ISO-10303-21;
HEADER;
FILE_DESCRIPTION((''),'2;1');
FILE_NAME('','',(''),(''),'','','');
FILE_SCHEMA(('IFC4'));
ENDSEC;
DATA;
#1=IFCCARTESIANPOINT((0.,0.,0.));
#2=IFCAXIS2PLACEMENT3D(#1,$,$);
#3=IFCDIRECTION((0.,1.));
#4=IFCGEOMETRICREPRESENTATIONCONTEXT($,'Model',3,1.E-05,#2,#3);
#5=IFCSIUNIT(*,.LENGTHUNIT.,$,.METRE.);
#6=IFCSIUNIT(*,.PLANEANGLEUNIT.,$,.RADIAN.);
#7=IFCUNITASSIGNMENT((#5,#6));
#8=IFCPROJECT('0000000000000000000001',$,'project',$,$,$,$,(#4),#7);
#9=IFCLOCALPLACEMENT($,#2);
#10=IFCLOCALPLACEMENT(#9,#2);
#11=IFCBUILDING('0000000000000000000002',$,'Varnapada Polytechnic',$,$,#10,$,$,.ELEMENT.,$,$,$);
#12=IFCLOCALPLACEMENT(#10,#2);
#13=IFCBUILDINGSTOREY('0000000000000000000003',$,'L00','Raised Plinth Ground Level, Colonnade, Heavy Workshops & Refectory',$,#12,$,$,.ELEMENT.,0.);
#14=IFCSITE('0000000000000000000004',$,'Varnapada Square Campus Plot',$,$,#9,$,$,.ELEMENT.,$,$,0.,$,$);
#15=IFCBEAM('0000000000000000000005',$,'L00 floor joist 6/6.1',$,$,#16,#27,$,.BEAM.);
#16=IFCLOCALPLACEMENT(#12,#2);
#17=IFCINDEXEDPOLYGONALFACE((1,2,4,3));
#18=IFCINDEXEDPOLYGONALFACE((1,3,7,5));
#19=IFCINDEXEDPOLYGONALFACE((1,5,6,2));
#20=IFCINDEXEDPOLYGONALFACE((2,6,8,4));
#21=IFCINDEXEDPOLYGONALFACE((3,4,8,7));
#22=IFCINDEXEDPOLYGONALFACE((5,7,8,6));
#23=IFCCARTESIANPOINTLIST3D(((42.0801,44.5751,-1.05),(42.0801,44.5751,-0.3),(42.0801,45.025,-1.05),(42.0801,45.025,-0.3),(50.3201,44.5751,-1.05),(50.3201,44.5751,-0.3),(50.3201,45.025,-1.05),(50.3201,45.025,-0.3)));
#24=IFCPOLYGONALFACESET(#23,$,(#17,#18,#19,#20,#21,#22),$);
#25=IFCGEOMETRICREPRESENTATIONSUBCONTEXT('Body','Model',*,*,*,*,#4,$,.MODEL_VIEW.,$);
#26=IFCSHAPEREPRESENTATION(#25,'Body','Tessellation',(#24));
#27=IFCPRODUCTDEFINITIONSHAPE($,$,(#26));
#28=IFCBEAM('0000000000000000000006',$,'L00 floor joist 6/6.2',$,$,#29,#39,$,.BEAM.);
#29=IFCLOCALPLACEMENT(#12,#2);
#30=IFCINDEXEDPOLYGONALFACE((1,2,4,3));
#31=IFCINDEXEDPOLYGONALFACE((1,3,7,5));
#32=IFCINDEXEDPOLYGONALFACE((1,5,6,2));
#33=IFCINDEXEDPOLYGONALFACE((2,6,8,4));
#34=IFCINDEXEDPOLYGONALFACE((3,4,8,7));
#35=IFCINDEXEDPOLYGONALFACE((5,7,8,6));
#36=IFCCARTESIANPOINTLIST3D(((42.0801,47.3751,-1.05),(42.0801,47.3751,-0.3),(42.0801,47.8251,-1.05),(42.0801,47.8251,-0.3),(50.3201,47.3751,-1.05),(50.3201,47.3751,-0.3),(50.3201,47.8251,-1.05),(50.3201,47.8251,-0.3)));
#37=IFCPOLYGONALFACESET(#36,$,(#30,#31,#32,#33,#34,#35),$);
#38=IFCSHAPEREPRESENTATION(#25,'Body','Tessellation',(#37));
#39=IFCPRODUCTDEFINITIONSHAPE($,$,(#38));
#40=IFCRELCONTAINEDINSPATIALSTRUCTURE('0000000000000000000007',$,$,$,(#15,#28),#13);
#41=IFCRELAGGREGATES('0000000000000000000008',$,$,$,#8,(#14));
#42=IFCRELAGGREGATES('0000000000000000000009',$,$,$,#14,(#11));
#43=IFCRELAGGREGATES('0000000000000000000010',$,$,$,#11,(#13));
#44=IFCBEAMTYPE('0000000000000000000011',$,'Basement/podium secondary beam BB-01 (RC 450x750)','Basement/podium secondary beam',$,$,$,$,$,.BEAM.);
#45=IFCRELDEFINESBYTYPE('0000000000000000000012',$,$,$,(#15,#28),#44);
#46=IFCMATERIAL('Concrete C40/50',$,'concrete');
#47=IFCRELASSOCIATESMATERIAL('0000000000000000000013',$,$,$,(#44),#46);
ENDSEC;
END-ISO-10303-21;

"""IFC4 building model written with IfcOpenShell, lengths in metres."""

from ifc_helpers import new_model, si_unit, direction, frame, origin, origin_2d, place, context, subcontext, project, spatial, rectangle, extrude, material, material_profile, profile_set, type_object, element, save


model = new_model("IFC4")

# Units and contexts
model_context = context("Model", 3, precision=1e-05, world=origin(), true_north=direction((0.0, 1.0)))
body_context = subcontext(model_context, "Body", "Model", "MODEL_VIEW")
ifc_project = project(units=[si_unit("LENGTHUNIT", "METRE"), si_unit("PLANEANGLEUNIT", "RADIAN")], contexts=[model_context])

# Site, building, storey
site_placement = place(None, origin())
site = spatial("IfcSite", under=ifc_project, at=site_placement, Name="Varnapada Square Campus Plot", CompositionType="ELEMENT", RefElevation=0.0)
building_placement = place(site_placement, origin())
building = spatial("IfcBuilding", under=site, at=building_placement, Name="Varnapada Polytechnic", CompositionType="ELEMENT")
storey_placement = place(building_placement, origin())
storey = spatial("IfcBuildingStorey", under=building, at=storey_placement, Name="L00", Description="Raised Plinth Ground Level, Colonnade, Heavy Workshops & Refectory", CompositionType="ELEMENT", Elevation=0.0)

# Beams
ifc_material_1 = material(Name="Concrete C40/50", Category="concrete")
ifc_material_profile = material_profile(ifc_material_1, rectangle(XDim=0.45, YDim=0.75, at=origin_2d()), Name="RC 450x750")
ifc_profile_set = profile_set([ifc_material_profile], Name="Concrete C40/50")
beam_type = type_object("IfcBeamType", Name="Basement/podium secondary beam BB-01 (RC 450x750)", Description="Basement/podium secondary beam", PredefinedType="BEAM", material=ifc_profile_set)
for number, where, z_axis, x_axis, name in (
    (1, (42.0801, 44.8, -0.675), (1.0, 0.0, 0.0), (0.0, 1.0, 0.0), "L00 floor joist 6/6.1"),
    (2, (42.0801, 47.6001, -0.675), (1.0, 0.0, 0.0), (0.0, 1.0, 0.0), "L00 floor joist 6/6.2"),
):
    element("IfcBeam", number, at=place(storey_placement, frame(where, z_axis=z_axis, x_axis=x_axis)), inside=storey, type_object=beam_type, Name=name, PredefinedType="BEAM", context=body_context, shape_type="SweptSolid", body=[
        extrude(rectangle(XDim=0.45, YDim=0.75, at=origin_2d()), origin(), (0.0, 0.0, 1.0), 8.24),
    ])

save(model, "model.ifc")
